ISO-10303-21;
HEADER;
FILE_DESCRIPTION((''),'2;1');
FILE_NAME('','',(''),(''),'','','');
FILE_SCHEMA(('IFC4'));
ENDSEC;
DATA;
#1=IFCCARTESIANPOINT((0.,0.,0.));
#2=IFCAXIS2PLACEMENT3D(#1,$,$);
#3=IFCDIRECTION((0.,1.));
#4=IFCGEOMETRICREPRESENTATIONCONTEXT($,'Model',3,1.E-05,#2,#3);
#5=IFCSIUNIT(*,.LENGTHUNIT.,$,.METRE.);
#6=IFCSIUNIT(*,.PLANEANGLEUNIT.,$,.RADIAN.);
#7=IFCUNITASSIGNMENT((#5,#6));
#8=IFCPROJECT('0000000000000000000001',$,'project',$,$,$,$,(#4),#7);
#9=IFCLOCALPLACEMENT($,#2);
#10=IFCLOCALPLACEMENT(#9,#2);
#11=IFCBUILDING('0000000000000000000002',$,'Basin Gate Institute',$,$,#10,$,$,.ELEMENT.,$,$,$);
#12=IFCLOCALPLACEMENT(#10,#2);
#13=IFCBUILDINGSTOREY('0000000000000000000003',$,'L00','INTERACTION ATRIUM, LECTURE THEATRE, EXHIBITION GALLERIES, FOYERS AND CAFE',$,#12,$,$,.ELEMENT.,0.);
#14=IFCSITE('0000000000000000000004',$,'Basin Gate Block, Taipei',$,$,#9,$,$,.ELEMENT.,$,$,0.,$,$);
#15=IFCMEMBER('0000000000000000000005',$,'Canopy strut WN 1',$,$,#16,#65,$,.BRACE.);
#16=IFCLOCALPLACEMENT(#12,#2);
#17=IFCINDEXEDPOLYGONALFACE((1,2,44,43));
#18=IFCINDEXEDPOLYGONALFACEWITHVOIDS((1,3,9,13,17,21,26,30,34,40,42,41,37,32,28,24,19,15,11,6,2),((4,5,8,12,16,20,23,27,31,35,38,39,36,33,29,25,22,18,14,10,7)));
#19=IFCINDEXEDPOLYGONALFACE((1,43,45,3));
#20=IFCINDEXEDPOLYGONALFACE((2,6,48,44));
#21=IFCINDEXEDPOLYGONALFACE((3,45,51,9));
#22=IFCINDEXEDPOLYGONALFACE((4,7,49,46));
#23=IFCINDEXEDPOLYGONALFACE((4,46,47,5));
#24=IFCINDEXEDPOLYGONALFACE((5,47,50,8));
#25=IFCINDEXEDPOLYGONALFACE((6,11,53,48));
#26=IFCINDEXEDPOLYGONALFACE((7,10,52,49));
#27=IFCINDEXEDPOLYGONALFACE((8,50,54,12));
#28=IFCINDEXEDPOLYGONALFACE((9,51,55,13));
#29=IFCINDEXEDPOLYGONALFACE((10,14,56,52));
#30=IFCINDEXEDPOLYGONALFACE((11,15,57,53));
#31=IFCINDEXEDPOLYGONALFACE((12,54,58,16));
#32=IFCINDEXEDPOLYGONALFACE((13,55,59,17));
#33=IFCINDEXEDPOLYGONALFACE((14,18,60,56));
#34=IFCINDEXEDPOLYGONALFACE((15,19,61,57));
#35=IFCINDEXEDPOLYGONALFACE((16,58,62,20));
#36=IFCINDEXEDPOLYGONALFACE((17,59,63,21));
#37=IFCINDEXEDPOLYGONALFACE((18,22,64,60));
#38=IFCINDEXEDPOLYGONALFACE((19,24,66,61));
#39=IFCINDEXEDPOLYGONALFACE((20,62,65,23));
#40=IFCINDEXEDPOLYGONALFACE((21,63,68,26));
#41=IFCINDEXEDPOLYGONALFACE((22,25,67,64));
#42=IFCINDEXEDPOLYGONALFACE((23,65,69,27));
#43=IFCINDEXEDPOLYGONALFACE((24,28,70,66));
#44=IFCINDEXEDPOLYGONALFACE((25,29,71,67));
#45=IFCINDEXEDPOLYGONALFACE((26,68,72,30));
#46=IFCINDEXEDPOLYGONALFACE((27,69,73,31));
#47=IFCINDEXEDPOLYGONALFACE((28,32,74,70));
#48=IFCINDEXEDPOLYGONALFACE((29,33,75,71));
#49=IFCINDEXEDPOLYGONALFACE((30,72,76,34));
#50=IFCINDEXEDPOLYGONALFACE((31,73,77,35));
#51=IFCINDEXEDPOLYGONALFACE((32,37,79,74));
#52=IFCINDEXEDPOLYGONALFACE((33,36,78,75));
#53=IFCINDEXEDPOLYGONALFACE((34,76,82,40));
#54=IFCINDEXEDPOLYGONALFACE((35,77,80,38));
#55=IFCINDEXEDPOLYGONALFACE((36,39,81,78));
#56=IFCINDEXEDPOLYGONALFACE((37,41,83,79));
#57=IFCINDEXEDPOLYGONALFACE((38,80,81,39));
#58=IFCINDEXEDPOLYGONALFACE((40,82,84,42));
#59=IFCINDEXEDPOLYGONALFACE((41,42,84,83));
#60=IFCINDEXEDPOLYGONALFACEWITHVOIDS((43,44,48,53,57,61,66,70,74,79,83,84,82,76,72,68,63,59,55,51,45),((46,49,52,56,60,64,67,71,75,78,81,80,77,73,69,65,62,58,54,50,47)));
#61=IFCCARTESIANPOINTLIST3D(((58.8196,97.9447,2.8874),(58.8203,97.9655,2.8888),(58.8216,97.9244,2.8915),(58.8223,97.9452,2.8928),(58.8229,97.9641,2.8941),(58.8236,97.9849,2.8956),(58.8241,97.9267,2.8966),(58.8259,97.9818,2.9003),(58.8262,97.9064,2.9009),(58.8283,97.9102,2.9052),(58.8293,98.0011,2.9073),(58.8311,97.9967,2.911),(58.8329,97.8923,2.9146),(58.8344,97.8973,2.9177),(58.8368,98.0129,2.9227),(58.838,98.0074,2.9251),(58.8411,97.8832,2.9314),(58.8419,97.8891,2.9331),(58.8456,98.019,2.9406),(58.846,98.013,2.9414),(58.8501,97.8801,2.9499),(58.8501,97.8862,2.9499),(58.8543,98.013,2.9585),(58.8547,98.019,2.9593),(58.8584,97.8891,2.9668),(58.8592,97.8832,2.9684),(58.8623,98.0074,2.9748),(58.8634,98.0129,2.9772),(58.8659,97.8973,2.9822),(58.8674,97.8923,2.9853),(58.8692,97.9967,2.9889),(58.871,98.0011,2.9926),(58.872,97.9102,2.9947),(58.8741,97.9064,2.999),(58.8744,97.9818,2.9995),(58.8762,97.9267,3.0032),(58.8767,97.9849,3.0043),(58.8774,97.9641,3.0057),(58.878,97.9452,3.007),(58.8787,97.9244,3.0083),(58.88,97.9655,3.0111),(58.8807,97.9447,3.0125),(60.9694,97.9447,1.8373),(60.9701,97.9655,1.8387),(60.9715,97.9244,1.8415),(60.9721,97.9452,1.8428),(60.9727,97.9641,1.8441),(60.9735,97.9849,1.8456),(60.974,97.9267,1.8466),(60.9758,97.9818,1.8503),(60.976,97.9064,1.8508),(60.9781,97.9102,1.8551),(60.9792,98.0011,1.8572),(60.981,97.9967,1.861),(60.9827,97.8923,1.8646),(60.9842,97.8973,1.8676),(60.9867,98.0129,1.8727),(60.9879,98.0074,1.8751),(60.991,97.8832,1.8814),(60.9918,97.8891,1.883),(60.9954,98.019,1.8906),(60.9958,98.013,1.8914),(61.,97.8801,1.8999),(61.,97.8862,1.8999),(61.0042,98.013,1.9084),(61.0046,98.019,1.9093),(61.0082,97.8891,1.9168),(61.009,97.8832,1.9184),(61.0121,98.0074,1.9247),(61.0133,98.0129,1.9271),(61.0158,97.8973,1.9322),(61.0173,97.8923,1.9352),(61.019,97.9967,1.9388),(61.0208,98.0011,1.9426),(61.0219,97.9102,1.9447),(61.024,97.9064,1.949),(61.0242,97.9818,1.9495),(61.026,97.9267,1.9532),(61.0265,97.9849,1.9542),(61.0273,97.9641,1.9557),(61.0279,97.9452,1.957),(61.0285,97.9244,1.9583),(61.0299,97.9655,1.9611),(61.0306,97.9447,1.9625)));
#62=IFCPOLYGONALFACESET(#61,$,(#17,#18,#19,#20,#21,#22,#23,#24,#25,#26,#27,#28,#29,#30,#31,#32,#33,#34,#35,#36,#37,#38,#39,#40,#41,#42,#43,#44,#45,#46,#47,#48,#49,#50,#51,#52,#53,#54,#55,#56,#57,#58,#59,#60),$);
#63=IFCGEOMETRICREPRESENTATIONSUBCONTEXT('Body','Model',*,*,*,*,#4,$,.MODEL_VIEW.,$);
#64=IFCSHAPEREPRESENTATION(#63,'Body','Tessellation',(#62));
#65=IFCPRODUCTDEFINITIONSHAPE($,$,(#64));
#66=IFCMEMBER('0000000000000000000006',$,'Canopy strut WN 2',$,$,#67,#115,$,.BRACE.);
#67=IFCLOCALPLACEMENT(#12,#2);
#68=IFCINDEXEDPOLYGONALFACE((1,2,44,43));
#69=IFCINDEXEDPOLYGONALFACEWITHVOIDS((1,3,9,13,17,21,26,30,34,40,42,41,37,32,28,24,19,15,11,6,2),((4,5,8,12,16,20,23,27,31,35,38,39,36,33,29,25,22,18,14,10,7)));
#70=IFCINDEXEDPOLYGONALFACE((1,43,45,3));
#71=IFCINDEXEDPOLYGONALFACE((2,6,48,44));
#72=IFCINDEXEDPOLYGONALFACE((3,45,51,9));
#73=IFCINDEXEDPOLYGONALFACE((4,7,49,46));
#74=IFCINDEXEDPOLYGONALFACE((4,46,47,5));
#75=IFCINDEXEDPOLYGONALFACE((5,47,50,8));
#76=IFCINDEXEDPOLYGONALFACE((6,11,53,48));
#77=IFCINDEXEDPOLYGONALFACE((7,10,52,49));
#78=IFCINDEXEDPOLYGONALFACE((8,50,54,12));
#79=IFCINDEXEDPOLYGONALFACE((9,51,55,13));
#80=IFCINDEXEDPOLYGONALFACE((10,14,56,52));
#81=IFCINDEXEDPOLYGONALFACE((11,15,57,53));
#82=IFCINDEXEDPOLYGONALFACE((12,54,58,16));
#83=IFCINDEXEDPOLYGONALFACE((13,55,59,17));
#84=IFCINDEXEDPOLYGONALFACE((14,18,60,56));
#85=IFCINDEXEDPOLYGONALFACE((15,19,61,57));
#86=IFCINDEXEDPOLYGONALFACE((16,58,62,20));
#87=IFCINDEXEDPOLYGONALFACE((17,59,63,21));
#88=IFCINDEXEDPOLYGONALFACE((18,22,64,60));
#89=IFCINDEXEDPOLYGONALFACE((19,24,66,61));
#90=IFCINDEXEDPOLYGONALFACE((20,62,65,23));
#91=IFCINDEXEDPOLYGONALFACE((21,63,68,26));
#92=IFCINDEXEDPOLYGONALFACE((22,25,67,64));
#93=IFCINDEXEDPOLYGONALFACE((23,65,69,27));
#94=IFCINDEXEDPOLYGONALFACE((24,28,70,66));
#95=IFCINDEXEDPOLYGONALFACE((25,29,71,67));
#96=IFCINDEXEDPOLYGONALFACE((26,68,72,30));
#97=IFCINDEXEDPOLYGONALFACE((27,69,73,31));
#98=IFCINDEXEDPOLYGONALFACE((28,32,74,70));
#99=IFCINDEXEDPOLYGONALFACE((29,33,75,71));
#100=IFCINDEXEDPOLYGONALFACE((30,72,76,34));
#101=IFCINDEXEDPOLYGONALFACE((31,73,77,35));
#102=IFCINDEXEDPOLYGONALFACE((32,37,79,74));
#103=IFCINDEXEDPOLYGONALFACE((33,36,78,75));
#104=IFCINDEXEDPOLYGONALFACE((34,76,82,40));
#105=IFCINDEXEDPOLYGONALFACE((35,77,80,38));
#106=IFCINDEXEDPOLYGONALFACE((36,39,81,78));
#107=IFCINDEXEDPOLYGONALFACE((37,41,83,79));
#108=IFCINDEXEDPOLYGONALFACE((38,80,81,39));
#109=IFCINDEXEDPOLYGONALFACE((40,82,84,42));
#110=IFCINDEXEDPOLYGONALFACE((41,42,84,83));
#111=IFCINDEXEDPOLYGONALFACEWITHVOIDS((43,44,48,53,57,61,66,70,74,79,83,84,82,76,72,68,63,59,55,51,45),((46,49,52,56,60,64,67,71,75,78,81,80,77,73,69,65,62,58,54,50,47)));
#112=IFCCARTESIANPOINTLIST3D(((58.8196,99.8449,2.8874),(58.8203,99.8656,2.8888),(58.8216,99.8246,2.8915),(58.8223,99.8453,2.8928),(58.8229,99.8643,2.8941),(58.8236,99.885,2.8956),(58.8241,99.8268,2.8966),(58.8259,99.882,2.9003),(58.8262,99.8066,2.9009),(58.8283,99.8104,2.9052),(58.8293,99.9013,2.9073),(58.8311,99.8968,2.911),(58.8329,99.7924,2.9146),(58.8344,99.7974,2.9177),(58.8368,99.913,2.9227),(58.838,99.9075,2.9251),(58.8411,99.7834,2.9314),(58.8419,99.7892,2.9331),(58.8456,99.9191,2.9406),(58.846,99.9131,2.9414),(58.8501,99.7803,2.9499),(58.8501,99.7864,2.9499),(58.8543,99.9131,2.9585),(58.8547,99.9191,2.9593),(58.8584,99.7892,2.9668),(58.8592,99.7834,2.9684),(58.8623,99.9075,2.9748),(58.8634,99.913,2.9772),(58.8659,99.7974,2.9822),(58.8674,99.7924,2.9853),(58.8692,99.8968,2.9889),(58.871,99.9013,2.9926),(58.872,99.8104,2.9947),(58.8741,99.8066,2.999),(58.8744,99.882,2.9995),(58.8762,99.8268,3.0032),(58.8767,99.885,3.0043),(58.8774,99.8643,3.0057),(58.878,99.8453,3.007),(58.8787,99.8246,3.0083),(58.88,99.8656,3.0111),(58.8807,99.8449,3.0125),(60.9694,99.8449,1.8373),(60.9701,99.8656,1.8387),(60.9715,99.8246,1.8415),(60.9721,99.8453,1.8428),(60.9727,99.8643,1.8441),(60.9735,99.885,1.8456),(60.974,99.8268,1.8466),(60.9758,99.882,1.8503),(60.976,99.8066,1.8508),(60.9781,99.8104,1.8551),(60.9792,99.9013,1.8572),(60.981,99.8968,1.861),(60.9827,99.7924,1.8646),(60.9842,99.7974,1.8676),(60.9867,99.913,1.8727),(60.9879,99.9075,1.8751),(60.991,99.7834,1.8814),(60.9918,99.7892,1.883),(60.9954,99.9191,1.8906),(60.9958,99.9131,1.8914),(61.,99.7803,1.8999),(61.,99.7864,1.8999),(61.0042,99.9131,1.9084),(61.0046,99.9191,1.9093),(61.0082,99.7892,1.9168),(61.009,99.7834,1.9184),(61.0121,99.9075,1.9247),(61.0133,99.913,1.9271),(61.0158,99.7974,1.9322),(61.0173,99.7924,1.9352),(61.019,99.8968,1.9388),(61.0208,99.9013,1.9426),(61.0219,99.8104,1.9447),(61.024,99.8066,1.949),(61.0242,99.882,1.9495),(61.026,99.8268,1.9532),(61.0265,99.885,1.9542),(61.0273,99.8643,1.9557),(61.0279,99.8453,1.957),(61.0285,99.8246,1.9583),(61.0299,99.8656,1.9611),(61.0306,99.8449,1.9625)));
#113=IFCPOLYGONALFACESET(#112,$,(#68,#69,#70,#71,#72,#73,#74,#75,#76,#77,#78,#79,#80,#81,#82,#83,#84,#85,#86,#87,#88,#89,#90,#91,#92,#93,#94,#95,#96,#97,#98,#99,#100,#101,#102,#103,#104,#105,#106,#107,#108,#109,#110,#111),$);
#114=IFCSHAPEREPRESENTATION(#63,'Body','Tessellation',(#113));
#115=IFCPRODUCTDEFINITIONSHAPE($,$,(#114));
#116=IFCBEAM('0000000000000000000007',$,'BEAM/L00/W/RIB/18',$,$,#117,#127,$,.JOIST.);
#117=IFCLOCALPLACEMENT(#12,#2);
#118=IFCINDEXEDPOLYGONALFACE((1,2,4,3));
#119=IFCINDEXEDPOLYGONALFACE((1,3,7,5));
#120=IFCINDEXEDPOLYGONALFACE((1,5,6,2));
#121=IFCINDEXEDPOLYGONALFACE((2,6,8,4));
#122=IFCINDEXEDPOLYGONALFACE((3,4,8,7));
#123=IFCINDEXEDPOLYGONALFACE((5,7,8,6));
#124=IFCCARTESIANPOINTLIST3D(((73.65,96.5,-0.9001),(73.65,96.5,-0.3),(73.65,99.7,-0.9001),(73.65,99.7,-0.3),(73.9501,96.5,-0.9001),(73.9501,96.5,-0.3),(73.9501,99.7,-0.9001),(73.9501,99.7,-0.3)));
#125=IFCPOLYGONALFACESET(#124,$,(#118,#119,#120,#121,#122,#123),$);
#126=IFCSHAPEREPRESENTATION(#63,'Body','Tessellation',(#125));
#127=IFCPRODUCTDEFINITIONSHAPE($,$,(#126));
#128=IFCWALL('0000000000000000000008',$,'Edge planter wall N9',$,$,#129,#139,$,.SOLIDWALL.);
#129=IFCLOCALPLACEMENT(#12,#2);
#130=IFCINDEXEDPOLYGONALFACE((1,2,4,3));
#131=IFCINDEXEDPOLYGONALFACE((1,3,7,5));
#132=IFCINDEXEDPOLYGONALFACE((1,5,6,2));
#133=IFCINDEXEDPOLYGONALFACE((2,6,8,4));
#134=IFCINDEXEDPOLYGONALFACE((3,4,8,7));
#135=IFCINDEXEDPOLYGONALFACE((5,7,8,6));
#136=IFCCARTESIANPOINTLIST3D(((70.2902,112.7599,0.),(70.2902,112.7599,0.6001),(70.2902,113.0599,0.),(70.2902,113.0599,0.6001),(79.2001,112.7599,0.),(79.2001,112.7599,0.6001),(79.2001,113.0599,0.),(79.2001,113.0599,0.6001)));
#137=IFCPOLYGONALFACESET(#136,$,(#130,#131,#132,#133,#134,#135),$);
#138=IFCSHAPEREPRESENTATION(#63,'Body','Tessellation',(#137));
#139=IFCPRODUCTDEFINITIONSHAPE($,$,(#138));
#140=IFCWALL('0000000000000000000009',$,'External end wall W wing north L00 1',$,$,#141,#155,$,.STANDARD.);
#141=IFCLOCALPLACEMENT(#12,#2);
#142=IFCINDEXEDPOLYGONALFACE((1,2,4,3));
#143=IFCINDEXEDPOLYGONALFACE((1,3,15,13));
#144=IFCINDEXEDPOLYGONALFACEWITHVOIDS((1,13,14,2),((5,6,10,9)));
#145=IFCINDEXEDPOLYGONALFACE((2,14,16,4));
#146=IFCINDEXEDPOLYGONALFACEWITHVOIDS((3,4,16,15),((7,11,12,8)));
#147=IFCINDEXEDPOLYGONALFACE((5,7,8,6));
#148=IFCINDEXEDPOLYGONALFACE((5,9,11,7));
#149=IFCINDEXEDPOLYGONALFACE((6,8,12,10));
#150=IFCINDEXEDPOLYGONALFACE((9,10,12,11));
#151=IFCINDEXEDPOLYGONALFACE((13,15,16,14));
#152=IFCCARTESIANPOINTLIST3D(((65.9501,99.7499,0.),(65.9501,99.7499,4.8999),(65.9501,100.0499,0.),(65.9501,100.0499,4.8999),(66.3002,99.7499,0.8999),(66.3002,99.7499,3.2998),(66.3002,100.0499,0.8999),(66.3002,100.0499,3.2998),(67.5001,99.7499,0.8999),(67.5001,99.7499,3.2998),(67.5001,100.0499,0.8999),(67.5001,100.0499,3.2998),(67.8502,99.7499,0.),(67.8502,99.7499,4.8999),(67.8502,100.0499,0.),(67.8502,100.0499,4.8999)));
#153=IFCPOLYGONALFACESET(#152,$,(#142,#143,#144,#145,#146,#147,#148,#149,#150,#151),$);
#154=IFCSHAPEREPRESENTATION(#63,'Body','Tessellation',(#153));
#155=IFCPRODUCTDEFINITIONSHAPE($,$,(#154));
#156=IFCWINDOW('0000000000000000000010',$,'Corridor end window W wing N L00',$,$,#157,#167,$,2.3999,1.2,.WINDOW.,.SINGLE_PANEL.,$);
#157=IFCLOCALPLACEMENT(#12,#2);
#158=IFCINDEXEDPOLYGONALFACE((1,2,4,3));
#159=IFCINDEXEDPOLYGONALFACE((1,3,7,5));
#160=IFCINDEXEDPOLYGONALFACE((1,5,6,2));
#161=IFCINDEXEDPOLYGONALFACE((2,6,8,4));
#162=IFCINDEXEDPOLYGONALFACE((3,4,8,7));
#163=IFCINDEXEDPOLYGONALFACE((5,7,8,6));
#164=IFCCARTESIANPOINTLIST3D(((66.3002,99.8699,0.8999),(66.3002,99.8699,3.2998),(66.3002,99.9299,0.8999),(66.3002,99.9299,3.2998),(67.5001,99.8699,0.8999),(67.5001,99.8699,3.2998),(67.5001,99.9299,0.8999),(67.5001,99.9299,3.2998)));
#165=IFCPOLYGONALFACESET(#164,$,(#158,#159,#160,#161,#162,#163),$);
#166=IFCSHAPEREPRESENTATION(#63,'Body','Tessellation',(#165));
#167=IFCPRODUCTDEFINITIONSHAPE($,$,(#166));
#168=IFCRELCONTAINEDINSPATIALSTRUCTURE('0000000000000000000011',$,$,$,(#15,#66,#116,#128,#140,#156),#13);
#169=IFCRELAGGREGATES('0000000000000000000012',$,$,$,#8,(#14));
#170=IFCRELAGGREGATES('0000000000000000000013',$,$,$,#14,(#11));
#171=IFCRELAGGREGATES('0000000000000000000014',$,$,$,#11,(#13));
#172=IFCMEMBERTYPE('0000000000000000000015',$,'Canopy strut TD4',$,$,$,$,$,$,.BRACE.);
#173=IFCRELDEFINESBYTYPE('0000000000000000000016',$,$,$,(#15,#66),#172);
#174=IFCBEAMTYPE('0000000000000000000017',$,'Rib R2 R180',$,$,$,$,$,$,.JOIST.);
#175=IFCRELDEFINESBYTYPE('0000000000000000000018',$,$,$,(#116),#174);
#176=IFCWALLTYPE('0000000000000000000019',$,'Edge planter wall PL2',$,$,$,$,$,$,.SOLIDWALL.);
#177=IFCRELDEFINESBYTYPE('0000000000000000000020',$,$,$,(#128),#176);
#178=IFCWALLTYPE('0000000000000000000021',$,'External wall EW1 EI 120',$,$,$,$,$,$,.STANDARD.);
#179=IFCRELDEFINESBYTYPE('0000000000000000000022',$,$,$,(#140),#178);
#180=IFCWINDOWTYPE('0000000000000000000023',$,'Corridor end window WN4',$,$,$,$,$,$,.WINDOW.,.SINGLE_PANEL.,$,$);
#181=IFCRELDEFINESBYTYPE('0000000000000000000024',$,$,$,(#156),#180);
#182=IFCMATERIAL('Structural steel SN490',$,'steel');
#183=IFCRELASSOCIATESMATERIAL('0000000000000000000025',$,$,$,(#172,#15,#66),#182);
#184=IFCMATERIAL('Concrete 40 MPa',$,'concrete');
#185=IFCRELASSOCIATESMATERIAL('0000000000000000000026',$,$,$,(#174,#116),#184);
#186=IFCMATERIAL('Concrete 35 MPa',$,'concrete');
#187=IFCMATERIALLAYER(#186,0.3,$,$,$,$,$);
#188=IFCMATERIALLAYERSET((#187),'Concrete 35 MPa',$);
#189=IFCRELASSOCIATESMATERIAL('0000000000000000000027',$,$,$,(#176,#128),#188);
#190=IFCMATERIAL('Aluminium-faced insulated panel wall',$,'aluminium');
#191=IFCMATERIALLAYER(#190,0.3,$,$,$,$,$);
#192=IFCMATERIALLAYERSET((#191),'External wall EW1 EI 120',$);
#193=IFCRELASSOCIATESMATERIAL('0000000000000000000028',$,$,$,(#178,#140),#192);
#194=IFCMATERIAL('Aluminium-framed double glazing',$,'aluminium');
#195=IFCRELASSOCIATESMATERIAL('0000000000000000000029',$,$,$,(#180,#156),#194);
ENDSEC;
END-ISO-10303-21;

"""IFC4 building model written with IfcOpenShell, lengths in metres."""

from ifc_helpers import new_model, si_unit, direction, frame, frame_2d, origin, origin_2d, place, context, subcontext, project, spatial, rectangle, hollow_circle, extrude, material, layer, layer_set, material_profile, profile_set, type_object, element, fill, save


model = new_model("IFC4")

# Units and contexts
model_context = context("Model", 3, precision=1e-05, world=origin(), true_north=direction((0.0, 1.0)))
body_context = subcontext(model_context, "Body", "Model", "MODEL_VIEW")
ifc_project = project(units=[si_unit("LENGTHUNIT", "METRE"), si_unit("PLANEANGLEUNIT", "RADIAN")], contexts=[model_context])

# Site, building, storey
site_placement = place(None, origin())
site = spatial("IfcSite", under=ifc_project, at=site_placement, Name="Basin Gate Block, Taipei", CompositionType="ELEMENT", RefElevation=0.0)
building_placement = place(site_placement, origin())
building = spatial("IfcBuilding", under=site, at=building_placement, Name="Basin Gate Institute", CompositionType="ELEMENT")
storey_placement = place(building_placement, origin())
storey = spatial("IfcBuildingStorey", under=building, at=storey_placement, Name="L00", Description="INTERACTION ATRIUM, LECTURE THEATRE, EXHIBITION GALLERIES, FOYERS AND CAFE", CompositionType="ELEMENT", Elevation=0.0)

# Members
ifc_material_1 = material(Name="Structural steel SN490", Category="steel")
ifc_material_profile_1 = material_profile(ifc_material_1, hollow_circle(Radius=0.0698, WallThickness=0.0061, at=origin_2d()), Name="CHS139x6")
ifc_profile_set_1 = profile_set([ifc_material_profile_1], Name="Structural steel SN490")
member_type = type_object("IfcMemberType", Name="Canopy strut TD4", PredefinedType="BRACE", material=ifc_profile_set_1)
for number, where, z_axis, x_axis, name in (
    (1, (61.0, 97.95, 1.8999), (-0.898552, 0.0, 0.438868), (0.0, -1.0, 0.0), "Canopy strut WN 1"),
    (2, (61.0, 99.8501, 1.8999), (-0.898552, 0.0, 0.438868), (0.0, -1.0, 0.0), "Canopy strut WN 2"),
):
    element("IfcMember", number, at=place(storey_placement, frame(where, z_axis=z_axis, x_axis=x_axis)), inside=storey, type_object=member_type, material=ifc_profile_set_1, Name=name, PredefinedType="BRACE", context=body_context, shape_type="SweptSolid", body=[
        extrude(hollow_circle(Radius=0.0698, WallThickness=0.0061, at=origin_2d()), origin(), (0.0, 0.0, 1.0), 2.3926),
    ])

# Beam
ifc_material_2 = material(Name="Concrete 40 MPa", Category="concrete")
ifc_material_profile_2 = material_profile(ifc_material_2, rectangle(XDim=0.3, YDim=0.6001, at=origin_2d()), Name="Rib R2 300 x 600")
ifc_profile_set_2 = profile_set([ifc_material_profile_2], Name="Concrete 40 MPa")
beam_type_1 = type_object("IfcBeamType", Name="Rib R2 R180", PredefinedType="JOIST", material=ifc_profile_set_2)
beam_1_placement = place(storey_placement, frame((73.8, 96.5, -0.6001), z_axis=(0.0, 1.0, 0.0), x_axis=(-1.0, 0.0, 0.0)))
element("IfcBeam", 3, at=beam_1_placement, inside=storey, type_object=beam_type_1, material=ifc_profile_set_2, Name="BEAM/L00/W/RIB/18", PredefinedType="JOIST", context=body_context, shape_type="SweptSolid", body=[
    extrude(rectangle(XDim=0.3, YDim=0.6001, at=origin_2d()), origin(), (0.0, 0.0, 1.0), 3.2),
])

# Wall
ifc_material_3 = material(Name="Concrete 35 MPa", Category="concrete")
ifc_layer_1 = layer(ifc_material_3, 0.3)
ifc_layer_set_1 = layer_set([ifc_layer_1], Name="Concrete 35 MPa")
wall_type_1 = type_object("IfcWallType", Name="Edge planter wall PL2", PredefinedType="SOLIDWALL", material=ifc_layer_set_1)
wall_1_placement = place(storey_placement, frame((70.29, 112.9099, 0.0), z_axis=(0.0, 0.0, 1.0), x_axis=(1.0, 0.0, 0.0)))
element("IfcWall", 4, at=wall_1_placement, inside=storey, type_object=wall_type_1, material=ifc_layer_set_1, Name="Edge planter wall N9", PredefinedType="SOLIDWALL", context=body_context, shape_type="SweptSolid", body=[
    extrude(rectangle(XDim=8.9099, YDim=0.3, at=frame_2d((4.4551, 0.0))), origin(), (0.0, 0.0, 1.0), 0.6001),
])

# Wall, opening, window
ifc_material_4 = material(Name="Aluminium-faced insulated panel wall", Category="aluminium")
ifc_layer_2 = layer(ifc_material_4, 0.3)
ifc_layer_set_2 = layer_set([ifc_layer_2], Name="External wall EW1 EI 120")
wall_type_2 = type_object("IfcWallType", Name="External wall EW1 EI 120", PredefinedType="STANDARD", material=ifc_layer_set_2)
wall_2_placement = place(storey_placement, frame((65.95, 99.8999, 0.0), z_axis=(0.0, 0.0, 1.0), x_axis=(1.0, 0.0, 0.0)))
wall_2 = element("IfcWall", 5, at=wall_2_placement, inside=storey, type_object=wall_type_2, material=ifc_layer_set_2, Name="External end wall W wing north L00 1", PredefinedType="STANDARD", context=body_context, shape_type="SweptSolid", body=[
    extrude(rectangle(XDim=1.9001, YDim=0.3, at=frame_2d((0.9502, 0.0))), origin(), (0.0, 0.0, 1.0), 4.8999),
])
opening_1_placement = place(wall_2_placement, frame((0.3501, 0.0, 0.8999)))
opening_1 = element("IfcOpeningElement", 6, at=opening_1_placement, cuts=wall_2, PredefinedType="OPENING", context=body_context, shape_type="SweptSolid", body=[
    extrude(rectangle(XDim=1.2, YDim=2.3999, at=frame_2d((0.6001, 1.2))), frame((0.0, 0.1602, 0.0), z_axis=(0.0, -1.0, 0.0), x_axis=(1.0, 0.0, 0.0)), (0.0, 0.0, 1.0), 0.3201),
])
ifc_material_5 = material(Name="Aluminium-framed double glazing", Category="aluminium")
window_type_1 = type_object("IfcWindowType", Name="Corridor end window WN4", PartitioningType="SINGLE_PANEL", PredefinedType="WINDOW", material=ifc_material_5)
window_1_placement = place(opening_1_placement, origin())
window_1 = element("IfcWindow", 7, at=window_1_placement, inside=storey, type_object=window_type_1, material=ifc_material_5, Name="Corridor end window W wing N L00", OverallHeight=2.3999, OverallWidth=1.2, PartitioningType="SINGLE_PANEL", PredefinedType="WINDOW", context=body_context, shape_type="SweptSolid", body=[
    extrude(rectangle(XDim=1.2, YDim=2.3999, at=frame_2d((0.6001, 1.2))), frame((0.0, 0.03, 0.0), z_axis=(0.0, -1.0, 0.0), x_axis=(1.0, 0.0, 0.0)), (0.0, 0.0, 1.0), 0.0601),
])
fill(opening_1, window_1)

save(model, "model.ifc")
